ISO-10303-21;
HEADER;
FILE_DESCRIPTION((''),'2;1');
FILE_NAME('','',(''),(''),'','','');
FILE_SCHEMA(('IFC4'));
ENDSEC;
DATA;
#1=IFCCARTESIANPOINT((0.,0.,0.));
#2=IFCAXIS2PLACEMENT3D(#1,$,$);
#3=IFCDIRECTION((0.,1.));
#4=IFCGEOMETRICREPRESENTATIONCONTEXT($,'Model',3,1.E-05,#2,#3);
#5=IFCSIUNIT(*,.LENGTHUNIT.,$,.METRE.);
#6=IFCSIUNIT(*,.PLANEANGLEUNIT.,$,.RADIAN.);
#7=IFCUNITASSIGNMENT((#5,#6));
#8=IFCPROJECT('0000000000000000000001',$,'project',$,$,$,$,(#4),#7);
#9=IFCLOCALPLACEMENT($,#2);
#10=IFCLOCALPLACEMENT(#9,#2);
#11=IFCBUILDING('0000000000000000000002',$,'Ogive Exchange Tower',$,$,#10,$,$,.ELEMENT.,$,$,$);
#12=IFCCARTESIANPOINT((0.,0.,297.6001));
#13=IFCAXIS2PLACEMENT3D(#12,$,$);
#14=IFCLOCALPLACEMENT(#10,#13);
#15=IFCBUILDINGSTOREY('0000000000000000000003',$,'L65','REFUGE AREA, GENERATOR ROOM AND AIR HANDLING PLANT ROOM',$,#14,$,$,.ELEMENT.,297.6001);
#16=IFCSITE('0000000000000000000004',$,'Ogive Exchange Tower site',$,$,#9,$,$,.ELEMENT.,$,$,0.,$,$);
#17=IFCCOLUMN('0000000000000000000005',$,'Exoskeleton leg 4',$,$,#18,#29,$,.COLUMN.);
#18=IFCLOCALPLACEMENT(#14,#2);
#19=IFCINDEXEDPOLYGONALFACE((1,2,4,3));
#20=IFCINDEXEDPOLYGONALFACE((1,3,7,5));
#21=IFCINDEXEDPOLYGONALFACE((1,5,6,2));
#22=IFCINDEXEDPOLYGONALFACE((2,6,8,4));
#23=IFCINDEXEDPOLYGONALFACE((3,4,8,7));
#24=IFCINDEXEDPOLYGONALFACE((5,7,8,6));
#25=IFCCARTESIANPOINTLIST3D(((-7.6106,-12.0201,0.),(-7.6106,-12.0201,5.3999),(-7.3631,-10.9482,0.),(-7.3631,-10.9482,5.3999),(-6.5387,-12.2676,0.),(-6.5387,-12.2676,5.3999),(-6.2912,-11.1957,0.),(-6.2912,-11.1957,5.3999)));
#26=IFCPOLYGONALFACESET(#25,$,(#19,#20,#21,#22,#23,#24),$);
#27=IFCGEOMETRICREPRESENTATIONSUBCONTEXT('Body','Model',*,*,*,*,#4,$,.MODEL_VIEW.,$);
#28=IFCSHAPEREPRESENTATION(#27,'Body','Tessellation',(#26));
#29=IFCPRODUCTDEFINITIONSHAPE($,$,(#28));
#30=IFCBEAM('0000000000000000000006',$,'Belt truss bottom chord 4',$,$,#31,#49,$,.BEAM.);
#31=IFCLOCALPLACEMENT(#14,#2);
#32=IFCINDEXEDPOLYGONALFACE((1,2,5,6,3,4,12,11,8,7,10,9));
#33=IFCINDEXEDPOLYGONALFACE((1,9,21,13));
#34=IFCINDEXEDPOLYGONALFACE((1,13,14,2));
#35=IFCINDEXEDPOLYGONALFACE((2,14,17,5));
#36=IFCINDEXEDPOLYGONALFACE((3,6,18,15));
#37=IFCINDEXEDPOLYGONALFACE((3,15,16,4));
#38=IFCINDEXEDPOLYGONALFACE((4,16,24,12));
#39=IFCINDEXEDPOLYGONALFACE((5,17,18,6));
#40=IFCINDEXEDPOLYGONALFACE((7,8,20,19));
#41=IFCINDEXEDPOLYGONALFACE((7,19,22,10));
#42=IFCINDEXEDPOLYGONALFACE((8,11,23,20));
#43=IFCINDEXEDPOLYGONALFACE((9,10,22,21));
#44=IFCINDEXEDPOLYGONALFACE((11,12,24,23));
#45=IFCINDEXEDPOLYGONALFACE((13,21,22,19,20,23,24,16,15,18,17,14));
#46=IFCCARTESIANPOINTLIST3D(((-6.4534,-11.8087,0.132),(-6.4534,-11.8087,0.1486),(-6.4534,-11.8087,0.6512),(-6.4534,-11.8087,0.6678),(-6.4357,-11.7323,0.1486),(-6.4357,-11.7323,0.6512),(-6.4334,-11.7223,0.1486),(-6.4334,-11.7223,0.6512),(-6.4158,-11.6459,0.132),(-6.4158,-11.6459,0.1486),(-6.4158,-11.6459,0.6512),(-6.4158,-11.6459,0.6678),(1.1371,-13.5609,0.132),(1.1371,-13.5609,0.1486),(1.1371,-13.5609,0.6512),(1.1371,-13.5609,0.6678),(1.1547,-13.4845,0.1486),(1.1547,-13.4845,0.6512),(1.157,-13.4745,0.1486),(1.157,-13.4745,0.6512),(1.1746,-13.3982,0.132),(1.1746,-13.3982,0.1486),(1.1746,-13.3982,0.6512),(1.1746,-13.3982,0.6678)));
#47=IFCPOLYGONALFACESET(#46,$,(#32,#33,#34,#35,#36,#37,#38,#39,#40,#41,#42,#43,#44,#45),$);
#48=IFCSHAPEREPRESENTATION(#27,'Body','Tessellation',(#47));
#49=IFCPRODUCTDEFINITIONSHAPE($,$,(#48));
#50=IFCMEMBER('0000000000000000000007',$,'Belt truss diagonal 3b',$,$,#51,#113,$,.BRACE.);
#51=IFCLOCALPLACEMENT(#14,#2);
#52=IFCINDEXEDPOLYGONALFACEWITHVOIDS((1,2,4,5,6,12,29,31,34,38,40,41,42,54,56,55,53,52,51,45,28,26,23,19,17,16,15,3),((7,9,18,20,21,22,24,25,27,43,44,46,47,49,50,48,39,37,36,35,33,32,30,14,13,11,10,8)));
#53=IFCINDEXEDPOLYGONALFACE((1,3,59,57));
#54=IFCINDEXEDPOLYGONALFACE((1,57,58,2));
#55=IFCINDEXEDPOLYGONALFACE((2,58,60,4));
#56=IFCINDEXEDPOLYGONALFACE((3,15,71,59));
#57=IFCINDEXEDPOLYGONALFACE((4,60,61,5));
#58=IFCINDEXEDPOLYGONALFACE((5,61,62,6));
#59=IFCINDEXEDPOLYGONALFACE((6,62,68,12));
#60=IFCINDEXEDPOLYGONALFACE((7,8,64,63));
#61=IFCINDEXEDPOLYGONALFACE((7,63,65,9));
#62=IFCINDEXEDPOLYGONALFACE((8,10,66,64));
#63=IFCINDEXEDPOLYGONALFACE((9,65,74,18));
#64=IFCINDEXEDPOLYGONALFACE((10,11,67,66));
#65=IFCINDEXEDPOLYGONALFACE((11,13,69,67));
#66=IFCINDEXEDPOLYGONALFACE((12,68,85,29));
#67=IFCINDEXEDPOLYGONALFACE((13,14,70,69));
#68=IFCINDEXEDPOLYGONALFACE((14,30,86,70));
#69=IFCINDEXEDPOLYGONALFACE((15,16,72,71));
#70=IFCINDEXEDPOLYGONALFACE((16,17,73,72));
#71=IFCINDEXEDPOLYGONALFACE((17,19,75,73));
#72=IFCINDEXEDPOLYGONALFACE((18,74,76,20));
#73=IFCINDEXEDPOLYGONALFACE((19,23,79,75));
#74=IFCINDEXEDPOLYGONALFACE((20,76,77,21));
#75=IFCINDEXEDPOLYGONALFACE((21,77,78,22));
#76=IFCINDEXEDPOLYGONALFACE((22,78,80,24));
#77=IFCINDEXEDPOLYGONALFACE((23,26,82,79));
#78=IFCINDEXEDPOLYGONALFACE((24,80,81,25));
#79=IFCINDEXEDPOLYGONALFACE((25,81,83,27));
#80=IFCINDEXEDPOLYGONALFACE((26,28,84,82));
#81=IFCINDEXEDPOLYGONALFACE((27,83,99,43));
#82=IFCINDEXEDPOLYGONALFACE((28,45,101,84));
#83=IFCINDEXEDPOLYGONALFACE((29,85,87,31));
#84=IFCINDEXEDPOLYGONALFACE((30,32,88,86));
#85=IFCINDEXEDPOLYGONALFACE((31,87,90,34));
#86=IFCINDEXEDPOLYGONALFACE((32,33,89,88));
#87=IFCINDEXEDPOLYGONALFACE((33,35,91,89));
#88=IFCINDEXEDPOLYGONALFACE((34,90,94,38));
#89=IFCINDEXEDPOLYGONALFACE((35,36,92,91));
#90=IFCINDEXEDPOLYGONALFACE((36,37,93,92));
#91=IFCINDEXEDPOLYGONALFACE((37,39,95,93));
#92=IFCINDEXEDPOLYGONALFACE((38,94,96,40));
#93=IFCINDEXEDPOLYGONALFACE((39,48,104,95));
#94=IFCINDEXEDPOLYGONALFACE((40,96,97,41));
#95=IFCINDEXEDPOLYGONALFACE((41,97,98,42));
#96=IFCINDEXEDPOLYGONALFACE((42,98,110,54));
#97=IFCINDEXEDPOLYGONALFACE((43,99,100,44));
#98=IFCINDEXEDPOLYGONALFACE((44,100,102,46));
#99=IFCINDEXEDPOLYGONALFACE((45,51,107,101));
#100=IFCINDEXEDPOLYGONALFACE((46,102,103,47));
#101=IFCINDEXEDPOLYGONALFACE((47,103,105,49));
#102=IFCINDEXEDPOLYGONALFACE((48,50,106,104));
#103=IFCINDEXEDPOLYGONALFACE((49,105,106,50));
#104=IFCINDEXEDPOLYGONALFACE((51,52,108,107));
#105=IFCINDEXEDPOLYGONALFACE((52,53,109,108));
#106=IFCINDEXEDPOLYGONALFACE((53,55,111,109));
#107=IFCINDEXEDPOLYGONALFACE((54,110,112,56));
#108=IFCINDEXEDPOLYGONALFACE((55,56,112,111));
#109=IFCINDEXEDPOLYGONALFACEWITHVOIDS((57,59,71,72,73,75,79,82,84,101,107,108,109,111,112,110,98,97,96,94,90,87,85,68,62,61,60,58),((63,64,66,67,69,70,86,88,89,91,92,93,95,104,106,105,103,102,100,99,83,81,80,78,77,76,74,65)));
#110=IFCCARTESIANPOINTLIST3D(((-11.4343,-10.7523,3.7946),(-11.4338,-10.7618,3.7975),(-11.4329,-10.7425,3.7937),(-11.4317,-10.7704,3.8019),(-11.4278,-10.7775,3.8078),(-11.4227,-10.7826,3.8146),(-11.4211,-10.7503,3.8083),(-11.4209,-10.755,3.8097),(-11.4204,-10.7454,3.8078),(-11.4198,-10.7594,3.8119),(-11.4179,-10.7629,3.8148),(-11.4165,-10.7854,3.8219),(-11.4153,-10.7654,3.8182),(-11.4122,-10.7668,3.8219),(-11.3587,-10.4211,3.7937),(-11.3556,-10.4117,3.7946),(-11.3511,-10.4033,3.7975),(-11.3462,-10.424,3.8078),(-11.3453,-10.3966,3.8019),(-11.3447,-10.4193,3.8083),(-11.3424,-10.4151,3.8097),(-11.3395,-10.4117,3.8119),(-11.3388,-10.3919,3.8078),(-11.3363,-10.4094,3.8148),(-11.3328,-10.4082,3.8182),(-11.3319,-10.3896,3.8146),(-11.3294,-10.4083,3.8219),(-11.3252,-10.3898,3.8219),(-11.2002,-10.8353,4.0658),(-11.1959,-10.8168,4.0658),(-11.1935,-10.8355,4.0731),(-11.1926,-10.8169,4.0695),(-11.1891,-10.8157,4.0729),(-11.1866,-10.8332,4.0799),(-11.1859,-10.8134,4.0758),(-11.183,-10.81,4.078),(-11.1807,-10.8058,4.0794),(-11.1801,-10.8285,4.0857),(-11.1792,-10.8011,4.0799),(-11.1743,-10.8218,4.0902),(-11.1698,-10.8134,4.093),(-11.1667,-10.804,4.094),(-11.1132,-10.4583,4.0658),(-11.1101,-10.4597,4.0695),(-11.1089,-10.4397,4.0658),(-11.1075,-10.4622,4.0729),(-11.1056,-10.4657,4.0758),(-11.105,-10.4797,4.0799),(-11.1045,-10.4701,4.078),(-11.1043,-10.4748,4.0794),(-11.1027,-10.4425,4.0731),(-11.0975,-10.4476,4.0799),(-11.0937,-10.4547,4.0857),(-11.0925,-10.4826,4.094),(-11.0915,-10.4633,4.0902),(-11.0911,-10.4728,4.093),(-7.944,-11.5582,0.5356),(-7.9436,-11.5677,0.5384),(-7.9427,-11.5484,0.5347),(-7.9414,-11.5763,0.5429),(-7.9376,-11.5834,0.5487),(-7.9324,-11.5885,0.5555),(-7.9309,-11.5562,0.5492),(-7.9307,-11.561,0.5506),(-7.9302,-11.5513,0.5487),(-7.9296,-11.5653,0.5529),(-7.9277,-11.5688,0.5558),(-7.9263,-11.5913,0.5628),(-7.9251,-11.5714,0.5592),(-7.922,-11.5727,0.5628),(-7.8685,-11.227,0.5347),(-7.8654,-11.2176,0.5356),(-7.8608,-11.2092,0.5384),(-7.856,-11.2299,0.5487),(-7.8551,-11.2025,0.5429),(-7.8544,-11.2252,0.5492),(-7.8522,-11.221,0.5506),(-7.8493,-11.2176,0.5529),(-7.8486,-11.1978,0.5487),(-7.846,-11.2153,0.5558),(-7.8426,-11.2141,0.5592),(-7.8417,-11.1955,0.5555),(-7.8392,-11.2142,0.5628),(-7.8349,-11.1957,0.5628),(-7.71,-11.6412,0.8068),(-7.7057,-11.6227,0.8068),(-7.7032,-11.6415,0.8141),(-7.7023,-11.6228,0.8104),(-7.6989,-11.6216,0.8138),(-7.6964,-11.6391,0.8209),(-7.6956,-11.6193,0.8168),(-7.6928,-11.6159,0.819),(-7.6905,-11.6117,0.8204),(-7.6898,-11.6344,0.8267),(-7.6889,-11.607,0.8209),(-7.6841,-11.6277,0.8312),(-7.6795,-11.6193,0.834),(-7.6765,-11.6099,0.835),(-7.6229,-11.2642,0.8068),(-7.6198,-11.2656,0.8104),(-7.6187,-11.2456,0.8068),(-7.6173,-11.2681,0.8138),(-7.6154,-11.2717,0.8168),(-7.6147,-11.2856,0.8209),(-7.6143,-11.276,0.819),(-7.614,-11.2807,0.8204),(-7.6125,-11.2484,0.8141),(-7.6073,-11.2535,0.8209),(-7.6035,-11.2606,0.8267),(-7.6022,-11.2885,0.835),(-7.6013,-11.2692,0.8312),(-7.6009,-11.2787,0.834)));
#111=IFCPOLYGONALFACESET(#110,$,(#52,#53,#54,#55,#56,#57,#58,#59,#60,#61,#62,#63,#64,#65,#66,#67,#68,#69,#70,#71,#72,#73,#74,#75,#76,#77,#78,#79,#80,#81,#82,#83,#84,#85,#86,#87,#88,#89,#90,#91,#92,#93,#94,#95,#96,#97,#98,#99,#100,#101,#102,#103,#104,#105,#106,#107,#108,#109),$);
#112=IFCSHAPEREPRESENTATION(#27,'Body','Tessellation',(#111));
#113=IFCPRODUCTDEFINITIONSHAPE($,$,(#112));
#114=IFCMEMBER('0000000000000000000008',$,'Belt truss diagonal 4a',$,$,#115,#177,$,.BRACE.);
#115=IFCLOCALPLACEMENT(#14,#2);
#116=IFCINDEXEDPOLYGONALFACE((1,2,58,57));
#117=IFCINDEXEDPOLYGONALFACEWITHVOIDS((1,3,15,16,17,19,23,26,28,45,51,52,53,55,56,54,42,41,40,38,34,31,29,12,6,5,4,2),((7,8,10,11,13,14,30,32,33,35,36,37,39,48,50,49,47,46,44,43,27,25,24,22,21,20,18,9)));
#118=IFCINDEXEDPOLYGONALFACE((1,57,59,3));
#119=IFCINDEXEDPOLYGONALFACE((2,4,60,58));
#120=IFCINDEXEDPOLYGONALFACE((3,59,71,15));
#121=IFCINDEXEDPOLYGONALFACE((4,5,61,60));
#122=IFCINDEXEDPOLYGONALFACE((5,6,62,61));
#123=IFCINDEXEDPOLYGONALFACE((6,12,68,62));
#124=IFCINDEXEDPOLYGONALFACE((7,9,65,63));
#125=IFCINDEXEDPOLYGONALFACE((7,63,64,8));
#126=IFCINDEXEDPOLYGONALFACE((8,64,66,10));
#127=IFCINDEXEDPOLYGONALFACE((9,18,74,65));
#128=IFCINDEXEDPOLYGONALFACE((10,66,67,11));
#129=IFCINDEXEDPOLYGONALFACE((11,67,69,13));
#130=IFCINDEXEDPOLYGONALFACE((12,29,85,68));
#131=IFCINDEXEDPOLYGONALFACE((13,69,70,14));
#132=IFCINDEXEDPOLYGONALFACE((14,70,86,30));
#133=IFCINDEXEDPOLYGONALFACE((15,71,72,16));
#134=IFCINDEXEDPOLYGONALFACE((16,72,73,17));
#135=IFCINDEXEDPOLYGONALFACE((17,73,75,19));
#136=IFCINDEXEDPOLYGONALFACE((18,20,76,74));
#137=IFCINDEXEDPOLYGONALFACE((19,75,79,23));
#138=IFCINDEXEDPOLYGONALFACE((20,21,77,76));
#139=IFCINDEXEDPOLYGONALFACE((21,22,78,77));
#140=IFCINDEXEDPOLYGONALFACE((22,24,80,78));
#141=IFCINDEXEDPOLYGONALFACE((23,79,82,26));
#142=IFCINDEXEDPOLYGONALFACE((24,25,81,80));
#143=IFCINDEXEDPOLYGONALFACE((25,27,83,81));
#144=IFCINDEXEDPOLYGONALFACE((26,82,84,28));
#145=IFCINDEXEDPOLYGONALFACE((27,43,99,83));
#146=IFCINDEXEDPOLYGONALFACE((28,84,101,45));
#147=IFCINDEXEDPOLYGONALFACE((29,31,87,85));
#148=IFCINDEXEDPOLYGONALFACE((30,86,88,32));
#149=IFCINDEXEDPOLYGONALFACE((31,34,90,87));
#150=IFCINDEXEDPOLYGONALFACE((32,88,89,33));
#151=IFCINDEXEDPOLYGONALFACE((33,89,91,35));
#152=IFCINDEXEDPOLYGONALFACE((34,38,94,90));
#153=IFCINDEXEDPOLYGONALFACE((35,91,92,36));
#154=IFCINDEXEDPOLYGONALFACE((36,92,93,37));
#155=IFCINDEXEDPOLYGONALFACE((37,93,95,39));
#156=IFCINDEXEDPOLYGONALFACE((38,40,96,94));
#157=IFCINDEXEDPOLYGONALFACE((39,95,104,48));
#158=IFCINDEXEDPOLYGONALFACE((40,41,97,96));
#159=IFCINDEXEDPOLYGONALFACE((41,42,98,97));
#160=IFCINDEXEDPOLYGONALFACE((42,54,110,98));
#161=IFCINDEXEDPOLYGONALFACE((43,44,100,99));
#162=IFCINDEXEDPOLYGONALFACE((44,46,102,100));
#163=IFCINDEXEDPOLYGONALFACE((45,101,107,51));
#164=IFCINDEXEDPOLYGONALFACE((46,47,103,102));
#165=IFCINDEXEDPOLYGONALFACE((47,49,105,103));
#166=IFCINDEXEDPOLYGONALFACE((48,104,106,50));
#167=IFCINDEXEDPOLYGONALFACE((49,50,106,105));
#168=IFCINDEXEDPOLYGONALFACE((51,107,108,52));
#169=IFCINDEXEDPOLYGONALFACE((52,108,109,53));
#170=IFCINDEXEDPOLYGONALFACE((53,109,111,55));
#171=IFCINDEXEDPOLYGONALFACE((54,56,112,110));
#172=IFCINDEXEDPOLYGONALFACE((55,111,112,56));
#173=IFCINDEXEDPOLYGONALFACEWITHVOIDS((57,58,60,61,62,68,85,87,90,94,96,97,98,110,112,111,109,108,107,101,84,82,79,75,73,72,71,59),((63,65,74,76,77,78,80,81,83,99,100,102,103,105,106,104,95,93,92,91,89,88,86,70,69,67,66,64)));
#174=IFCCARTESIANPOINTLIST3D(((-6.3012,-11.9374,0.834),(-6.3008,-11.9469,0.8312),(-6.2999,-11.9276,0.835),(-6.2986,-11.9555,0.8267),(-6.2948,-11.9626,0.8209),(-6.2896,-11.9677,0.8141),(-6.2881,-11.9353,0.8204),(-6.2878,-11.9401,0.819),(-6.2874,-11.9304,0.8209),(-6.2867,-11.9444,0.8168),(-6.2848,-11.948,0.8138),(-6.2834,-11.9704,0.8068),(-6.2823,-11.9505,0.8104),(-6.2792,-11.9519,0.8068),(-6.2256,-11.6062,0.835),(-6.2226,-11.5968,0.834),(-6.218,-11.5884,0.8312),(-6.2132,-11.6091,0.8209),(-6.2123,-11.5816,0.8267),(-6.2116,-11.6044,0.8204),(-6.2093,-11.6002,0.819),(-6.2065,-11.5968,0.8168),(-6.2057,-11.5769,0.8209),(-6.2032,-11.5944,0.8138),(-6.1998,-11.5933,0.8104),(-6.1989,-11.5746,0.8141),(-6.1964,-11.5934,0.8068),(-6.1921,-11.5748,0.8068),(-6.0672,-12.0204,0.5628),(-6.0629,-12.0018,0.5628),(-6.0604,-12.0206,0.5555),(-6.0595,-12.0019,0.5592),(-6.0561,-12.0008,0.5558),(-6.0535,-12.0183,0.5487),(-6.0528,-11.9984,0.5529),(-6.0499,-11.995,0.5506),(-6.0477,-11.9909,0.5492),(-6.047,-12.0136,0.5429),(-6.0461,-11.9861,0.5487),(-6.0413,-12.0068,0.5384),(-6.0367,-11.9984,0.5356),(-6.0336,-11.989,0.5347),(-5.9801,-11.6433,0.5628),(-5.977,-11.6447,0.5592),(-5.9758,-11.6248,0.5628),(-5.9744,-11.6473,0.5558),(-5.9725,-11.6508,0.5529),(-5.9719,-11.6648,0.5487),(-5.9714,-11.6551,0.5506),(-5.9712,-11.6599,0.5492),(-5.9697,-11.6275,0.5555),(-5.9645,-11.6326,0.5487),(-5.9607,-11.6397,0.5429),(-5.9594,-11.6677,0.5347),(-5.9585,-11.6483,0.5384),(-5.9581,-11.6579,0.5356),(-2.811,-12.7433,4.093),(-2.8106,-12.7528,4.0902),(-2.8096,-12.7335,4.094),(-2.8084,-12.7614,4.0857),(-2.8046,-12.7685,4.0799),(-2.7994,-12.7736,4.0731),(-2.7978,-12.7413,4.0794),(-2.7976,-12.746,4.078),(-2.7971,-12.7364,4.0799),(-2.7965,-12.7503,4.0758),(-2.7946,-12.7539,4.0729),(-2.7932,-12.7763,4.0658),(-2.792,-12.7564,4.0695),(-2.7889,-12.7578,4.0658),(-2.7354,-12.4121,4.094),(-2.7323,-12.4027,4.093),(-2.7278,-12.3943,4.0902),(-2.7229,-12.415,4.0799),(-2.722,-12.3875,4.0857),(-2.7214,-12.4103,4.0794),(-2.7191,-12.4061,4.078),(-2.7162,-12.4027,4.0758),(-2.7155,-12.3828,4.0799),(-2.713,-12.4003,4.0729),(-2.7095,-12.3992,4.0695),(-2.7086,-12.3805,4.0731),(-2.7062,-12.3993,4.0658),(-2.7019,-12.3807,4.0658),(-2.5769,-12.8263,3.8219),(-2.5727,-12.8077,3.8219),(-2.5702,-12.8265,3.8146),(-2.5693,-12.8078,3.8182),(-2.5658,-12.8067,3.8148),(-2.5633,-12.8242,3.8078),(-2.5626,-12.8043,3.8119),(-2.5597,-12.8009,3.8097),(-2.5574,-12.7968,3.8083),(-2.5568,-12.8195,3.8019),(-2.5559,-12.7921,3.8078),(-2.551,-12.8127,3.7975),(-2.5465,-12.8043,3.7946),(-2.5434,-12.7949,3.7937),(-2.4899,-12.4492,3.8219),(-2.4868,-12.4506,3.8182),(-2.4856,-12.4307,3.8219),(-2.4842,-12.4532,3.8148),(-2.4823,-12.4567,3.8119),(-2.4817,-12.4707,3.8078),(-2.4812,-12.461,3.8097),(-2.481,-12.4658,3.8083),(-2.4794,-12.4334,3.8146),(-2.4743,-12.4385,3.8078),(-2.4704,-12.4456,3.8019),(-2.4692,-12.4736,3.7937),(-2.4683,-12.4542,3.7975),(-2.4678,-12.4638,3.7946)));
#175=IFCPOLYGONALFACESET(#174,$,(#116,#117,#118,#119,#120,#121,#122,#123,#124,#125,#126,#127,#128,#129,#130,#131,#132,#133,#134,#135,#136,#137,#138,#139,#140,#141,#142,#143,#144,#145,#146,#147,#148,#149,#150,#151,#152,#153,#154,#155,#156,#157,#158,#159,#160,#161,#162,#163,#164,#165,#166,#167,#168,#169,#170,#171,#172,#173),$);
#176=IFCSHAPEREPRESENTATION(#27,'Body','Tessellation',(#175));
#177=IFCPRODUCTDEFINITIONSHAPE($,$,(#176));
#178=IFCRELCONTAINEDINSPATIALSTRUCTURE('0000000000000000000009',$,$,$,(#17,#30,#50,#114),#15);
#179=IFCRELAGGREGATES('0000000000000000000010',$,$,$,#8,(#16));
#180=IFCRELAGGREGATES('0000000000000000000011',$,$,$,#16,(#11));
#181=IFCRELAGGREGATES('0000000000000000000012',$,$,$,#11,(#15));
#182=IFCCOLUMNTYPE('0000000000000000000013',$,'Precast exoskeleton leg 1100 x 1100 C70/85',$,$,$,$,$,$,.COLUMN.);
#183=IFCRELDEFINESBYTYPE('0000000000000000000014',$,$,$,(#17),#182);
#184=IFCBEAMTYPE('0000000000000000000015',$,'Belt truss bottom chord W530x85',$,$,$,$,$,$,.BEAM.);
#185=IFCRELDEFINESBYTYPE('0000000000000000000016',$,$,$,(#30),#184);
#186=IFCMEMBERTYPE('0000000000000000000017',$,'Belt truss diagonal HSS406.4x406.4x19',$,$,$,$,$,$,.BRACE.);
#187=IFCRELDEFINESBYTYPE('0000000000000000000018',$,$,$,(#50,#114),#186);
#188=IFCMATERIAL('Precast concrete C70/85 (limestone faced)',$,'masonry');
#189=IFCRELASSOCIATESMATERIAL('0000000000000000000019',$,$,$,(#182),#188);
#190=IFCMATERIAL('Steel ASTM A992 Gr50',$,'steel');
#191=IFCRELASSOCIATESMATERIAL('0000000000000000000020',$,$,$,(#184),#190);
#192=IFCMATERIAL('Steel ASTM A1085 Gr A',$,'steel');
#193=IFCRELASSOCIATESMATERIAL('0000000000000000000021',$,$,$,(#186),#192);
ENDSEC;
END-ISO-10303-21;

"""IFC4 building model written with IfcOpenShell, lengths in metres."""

from ifc_helpers import new_model, si_unit, direction, frame, origin, origin_2d, place, context, subcontext, project, spatial, rectangle, hollow_rectangle, i_section, extrude, material, material_profile, profile_set, type_object, element, save


model = new_model("IFC4")

# Units and contexts
model_context = context("Model", 3, precision=1e-05, world=origin(), true_north=direction((0.0, 1.0)))
body_context = subcontext(model_context, "Body", "Model", "MODEL_VIEW")
ifc_project = project(units=[si_unit("LENGTHUNIT", "METRE"), si_unit("PLANEANGLEUNIT", "RADIAN")], contexts=[model_context])

# Site, building, storey
site_placement = place(None, origin())
site = spatial("IfcSite", under=ifc_project, at=site_placement, Name="Ogive Exchange Tower site", CompositionType="ELEMENT", RefElevation=0.0)
building_placement = place(site_placement, origin())
building = spatial("IfcBuilding", under=site, at=building_placement, Name="Ogive Exchange Tower", CompositionType="ELEMENT")
storey_placement = place(building_placement, frame((0.0, 0.0, 297.6001)))
storey = spatial("IfcBuildingStorey", under=building, at=storey_placement, Name="L65", Description="REFUGE AREA, GENERATOR ROOM AND AIR HANDLING PLANT ROOM", CompositionType="ELEMENT", Elevation=297.6001)

# Column
ifc_material_1 = material(Name="Precast concrete C70/85 (limestone faced)", Category="masonry")
ifc_material_profile_1 = material_profile(ifc_material_1, rectangle(XDim=1.1001, YDim=1.1001, at=origin_2d()), Name="1100 x 1100")
ifc_profile_set_1 = profile_set([ifc_material_profile_1], Name="Precast concrete C70/85 (limestone faced)")
column_type = type_object("IfcColumnType", Name="Precast exoskeleton leg 1100 x 1100 C70/85", PredefinedType="COLUMN", material=ifc_profile_set_1)
column_placement = place(storey_placement, frame((-6.9509, -11.6079, 0.0), z_axis=(0.0, 0.0, 1.0), x_axis=(0.97437, -0.224951, 0.0)))
element("IfcColumn", 1, at=column_placement, inside=storey, type_object=column_type, Name="Exoskeleton leg 4", PredefinedType="COLUMN", context=body_context, shape_type="SweptSolid", body=[
    extrude(rectangle(XDim=1.1001, YDim=1.1001, at=origin_2d()), origin(), (0.0, 0.0, 1.0), 5.3999),
])

# Beam
ifc_material_2 = material(Name="Steel ASTM A992 Gr50", Category="steel")
ifc_material_profile_2 = material_profile(ifc_material_2, i_section(OverallWidth=0.167, OverallDepth=0.5359, WebThickness=0.0103, FlangeThickness=0.0166, at=origin_2d()), Name="W530x85")
ifc_profile_set_2 = profile_set([ifc_material_profile_2], Name="Steel ASTM A992 Gr50")
beam_type_1 = type_object("IfcBeamType", Name="Belt truss bottom chord W530x85", PredefinedType="BEAM", material=ifc_profile_set_2)
beam_1_placement = place(storey_placement, frame((-6.4346, -11.7273, 0.3999), z_axis=(0.974375, -0.22493, 0.0), x_axis=(0.22493, 0.974375, 0.0)))
element("IfcBeam", 2, at=beam_1_placement, inside=storey, type_object=beam_type_1, Name="Belt truss bottom chord 4", PredefinedType="BEAM", context=body_context, shape_type="SweptSolid", body=[
    extrude(i_section(OverallWidth=0.167, OverallDepth=0.5359, WebThickness=0.0103, FlangeThickness=0.0166, at=origin_2d()), origin(), (0.0, 0.0, 1.0), 7.79),
])

# Members
ifc_material_3 = material(Name="Steel ASTM A1085 Gr A", Category="steel")
ifc_material_profile_3 = material_profile(ifc_material_3, hollow_rectangle(XDim=0.406, YDim=0.406, WallThickness=0.019, InnerFilletRadius=0.019, OuterFilletRadius=0.0381, at=origin_2d()), Name="HSS406.4x406.4x19")
ifc_profile_set_3 = profile_set([ifc_material_profile_3], Name="Steel ASTM A1085 Gr A")
member_type_1 = type_object("IfcMemberType", Name="Belt truss diagonal HSS406.4x406.4x19", PredefinedType="BRACE", material=ifc_profile_set_3)
for number, where, z_axis, x_axis, name in (
    (3, (-7.7725, -11.4185, 0.6848), (-0.720709, 0.166414, 0.672967), (-0.224984, -0.974362, 0.0), "Belt truss diagonal 3b"),
    (4, (-6.1296, -11.7976, 0.6848), (0.720709, -0.166414, 0.672967), (0.224984, 0.974362, 0.0), "Belt truss diagonal 4a"),
):
    element("IfcMember", number, at=place(storey_placement, frame(where, z_axis=z_axis, x_axis=x_axis)), inside=storey, type_object=member_type_1, Name=name, PredefinedType="BRACE", context=body_context, shape_type="SweptSolid", body=[
        extrude(hollow_rectangle(XDim=0.406, YDim=0.406, WallThickness=0.019, InnerFilletRadius=0.019, OuterFilletRadius=0.0381, at=origin_2d()), origin(), (0.0, 0.0, 1.0), 4.8428),
    ])

save(model, "model.ifc")
